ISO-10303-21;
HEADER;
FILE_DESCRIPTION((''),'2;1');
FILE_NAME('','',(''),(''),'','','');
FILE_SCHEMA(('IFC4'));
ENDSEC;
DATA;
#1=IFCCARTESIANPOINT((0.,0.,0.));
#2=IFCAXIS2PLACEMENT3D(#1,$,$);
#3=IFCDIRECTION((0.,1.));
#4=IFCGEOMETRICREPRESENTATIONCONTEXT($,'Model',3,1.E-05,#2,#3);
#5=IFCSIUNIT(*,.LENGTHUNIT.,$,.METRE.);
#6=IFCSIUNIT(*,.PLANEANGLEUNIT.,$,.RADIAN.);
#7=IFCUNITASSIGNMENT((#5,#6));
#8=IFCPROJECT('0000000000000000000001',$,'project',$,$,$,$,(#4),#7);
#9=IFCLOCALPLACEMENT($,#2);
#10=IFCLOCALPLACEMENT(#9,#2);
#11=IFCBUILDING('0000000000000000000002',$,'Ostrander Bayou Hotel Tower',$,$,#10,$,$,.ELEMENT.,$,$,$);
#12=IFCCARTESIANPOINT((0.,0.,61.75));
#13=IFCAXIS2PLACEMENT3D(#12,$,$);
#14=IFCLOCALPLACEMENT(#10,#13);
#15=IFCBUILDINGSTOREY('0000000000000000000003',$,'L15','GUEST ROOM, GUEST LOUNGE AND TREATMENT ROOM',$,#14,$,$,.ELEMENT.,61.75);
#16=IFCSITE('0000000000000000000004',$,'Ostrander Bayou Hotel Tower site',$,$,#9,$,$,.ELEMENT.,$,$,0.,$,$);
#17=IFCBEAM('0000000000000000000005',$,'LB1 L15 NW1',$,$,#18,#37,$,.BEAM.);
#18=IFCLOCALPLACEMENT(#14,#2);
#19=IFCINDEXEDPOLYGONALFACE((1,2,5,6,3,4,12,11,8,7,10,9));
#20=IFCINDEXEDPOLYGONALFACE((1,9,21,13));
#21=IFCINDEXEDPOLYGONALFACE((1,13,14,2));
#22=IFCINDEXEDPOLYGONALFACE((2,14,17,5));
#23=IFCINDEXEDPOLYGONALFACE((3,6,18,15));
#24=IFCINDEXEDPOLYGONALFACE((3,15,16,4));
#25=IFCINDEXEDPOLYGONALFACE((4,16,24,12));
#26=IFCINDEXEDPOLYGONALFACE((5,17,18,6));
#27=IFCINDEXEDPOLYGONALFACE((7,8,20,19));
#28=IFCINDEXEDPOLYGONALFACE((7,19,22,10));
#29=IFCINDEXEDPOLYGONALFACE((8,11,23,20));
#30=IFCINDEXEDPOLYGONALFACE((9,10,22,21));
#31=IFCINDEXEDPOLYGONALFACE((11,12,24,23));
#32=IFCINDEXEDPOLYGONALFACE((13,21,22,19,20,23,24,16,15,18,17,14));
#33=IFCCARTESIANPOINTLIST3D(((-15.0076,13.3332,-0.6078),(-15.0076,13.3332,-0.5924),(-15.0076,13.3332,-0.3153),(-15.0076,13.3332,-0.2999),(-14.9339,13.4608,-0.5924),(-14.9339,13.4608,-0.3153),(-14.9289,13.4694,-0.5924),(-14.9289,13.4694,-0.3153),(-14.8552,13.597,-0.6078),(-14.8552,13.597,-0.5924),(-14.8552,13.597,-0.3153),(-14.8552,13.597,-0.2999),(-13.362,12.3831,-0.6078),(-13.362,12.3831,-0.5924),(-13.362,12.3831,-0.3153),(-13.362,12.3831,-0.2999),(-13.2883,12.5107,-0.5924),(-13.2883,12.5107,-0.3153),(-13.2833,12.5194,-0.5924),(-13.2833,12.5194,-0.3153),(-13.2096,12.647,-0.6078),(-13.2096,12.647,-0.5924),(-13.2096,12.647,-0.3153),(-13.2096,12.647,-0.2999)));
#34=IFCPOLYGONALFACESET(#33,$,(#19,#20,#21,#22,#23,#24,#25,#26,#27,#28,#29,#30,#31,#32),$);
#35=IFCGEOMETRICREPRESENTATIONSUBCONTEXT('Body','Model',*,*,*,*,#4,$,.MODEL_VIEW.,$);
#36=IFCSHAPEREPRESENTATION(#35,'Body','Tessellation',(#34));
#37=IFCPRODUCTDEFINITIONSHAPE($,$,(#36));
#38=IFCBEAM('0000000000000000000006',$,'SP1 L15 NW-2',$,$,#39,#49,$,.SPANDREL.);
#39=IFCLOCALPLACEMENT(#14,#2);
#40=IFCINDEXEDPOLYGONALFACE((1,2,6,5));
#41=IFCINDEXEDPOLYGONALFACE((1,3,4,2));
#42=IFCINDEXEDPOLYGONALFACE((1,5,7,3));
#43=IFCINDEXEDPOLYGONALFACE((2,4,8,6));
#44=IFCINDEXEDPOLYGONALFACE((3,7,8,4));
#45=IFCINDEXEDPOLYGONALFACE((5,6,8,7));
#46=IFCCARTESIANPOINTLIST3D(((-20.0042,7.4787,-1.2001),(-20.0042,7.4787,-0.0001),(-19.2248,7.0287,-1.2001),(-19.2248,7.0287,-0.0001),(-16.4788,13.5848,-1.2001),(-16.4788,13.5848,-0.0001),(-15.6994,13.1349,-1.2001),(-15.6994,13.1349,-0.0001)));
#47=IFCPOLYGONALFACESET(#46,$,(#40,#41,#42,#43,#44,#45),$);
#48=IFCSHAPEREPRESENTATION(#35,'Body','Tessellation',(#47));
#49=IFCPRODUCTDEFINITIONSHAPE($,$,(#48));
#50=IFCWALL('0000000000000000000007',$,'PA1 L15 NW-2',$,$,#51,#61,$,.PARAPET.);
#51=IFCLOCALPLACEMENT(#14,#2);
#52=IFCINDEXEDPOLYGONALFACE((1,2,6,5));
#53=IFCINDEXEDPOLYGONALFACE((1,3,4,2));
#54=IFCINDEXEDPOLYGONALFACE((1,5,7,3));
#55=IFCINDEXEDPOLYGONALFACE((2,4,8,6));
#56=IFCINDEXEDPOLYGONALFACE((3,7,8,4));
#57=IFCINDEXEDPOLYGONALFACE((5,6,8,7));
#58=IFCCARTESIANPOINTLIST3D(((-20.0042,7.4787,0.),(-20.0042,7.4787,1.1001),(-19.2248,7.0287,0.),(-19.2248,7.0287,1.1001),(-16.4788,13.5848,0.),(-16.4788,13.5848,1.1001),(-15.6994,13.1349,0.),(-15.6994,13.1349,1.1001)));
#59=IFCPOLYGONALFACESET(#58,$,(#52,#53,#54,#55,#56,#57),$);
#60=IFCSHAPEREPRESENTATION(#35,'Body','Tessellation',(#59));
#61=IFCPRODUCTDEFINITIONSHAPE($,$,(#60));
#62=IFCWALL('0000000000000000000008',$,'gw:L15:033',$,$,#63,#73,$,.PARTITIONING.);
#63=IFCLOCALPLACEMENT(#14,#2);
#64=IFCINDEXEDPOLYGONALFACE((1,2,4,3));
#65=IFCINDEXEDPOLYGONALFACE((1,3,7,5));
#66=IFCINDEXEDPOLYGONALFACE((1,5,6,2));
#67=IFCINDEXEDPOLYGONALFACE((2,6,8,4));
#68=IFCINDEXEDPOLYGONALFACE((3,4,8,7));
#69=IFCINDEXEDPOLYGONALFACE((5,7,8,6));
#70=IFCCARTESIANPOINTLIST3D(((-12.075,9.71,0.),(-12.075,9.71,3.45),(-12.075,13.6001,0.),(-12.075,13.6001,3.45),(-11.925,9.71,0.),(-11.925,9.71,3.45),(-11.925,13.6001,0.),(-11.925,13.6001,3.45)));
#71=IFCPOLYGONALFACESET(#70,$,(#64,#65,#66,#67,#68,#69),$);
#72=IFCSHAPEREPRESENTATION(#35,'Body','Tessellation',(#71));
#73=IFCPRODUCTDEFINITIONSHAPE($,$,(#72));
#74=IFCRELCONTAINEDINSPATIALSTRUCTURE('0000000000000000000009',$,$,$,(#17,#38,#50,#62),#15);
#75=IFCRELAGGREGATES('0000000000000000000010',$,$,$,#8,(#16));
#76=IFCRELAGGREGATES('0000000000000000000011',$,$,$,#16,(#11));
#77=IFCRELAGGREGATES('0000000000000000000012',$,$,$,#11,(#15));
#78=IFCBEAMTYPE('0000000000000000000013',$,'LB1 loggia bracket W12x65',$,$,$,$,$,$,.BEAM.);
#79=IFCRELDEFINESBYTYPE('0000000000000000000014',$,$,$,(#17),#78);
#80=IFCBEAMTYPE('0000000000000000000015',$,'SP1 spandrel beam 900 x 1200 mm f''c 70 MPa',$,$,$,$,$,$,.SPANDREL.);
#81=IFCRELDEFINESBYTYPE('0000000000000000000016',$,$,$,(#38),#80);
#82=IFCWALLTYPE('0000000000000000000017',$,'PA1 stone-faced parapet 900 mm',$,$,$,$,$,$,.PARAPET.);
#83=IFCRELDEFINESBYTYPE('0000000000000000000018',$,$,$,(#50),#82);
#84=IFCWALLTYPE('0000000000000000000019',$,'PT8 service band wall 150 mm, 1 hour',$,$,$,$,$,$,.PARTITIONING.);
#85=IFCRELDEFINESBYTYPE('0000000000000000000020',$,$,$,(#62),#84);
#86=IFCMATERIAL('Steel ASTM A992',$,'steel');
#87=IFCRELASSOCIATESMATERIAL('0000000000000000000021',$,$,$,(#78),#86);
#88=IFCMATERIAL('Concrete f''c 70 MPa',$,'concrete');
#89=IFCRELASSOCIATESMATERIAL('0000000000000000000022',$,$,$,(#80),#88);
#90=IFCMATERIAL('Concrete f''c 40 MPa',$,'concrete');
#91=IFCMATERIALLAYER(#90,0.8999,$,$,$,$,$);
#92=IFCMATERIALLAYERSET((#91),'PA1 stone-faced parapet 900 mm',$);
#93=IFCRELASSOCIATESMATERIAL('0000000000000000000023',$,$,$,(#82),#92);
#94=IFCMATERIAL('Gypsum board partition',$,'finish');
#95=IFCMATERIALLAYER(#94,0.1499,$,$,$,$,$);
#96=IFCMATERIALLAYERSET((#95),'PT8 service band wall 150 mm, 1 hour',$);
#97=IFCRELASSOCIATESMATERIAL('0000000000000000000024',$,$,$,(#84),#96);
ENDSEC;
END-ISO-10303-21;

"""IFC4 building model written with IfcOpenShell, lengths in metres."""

from ifc_helpers import new_model, si_unit, direction, frame, frame_2d, origin, origin_2d, place, context, subcontext, project, spatial, rectangle, i_section, extrude, material, layer, layer_set, material_profile, profile_set, type_object, element, save


model = new_model("IFC4")

# Units and contexts
model_context = context("Model", 3, precision=1e-05, world=origin(), true_north=direction((0.0, 1.0)))
body_context = subcontext(model_context, "Body", "Model", "MODEL_VIEW")
ifc_project = project(units=[si_unit("LENGTHUNIT", "METRE"), si_unit("PLANEANGLEUNIT", "RADIAN")], contexts=[model_context])

# Site, building, storey
site_placement = place(None, origin())
site = spatial("IfcSite", under=ifc_project, at=site_placement, Name="Ostrander Bayou Hotel Tower site", CompositionType="ELEMENT", RefElevation=0.0)
building_placement = place(site_placement, origin())
building = spatial("IfcBuilding", under=site, at=building_placement, Name="Ostrander Bayou Hotel Tower", CompositionType="ELEMENT")
storey_placement = place(building_placement, frame((0.0, 0.0, 61.75)))
storey = spatial("IfcBuildingStorey", under=building, at=storey_placement, Name="L15", Description="GUEST ROOM, GUEST LOUNGE AND TREATMENT ROOM", CompositionType="ELEMENT", Elevation=61.75)

# Beams
ifc_material_1 = material(Name="Steel ASTM A992", Category="steel")
ifc_material_profile_1 = material_profile(ifc_material_1, i_section(OverallWidth=0.3047, OverallDepth=0.3079, WebThickness=0.01, FlangeThickness=0.0154, at=origin_2d()))
ifc_profile_set_1 = profile_set([ifc_material_profile_1], Name="Steel ASTM A992")
beam_type_1 = type_object("IfcBeamType", Name="LB1 loggia bracket W12x65", PredefinedType="BEAM", material=ifc_profile_set_1)
beam_1_placement = place(storey_placement, frame((-14.9314, 13.4651, -0.4539), z_axis=(0.866044, -0.499967, 0.0), x_axis=(0.499967, 0.866044, 0.0)))
element("IfcBeam", 1, at=beam_1_placement, inside=storey, type_object=beam_type_1, Name="LB1 L15 NW1", PredefinedType="BEAM", context=body_context, shape_type="SweptSolid", body=[
    extrude(i_section(OverallWidth=0.3047, OverallDepth=0.3079, WebThickness=0.01, FlangeThickness=0.0154, at=origin_2d()), origin(), (0.0, 0.0, 1.0), 1.9001),
])
ifc_material_2 = material(Name="Concrete f'c 70 MPa", Category="concrete")
ifc_material_profile_2 = material_profile(ifc_material_2, rectangle(XDim=0.8999, YDim=1.2, at=origin_2d()))
ifc_profile_set_2 = profile_set([ifc_material_profile_2], Name="Concrete f'c 70 MPa")
beam_type_2 = type_object("IfcBeamType", Name="SP1 spandrel beam 900 x 1200 mm f'c 70 MPa", PredefinedType="SPANDREL", material=ifc_profile_set_2)
beam_2_placement = place(storey_placement, frame((-16.0891, 13.3599, -0.6001), z_axis=(-0.499997, -0.866027, 0.0), x_axis=(0.866027, -0.499997, 0.0)))
element("IfcBeam", 2, at=beam_2_placement, inside=storey, type_object=beam_type_2, Name="SP1 L15 NW-2", PredefinedType="SPANDREL", context=body_context, shape_type="SweptSolid", body=[
    extrude(rectangle(XDim=0.8999, YDim=1.2, at=origin_2d()), origin(), (0.0, 0.0, 1.0), 7.0508),
])

# Wall
ifc_material_3 = material(Name="Concrete f'c 40 MPa", Category="concrete")
ifc_layer_1 = layer(ifc_material_3, 0.8999)
ifc_layer_set_1 = layer_set([ifc_layer_1], Name="PA1 stone-faced parapet 900 mm")
wall_type_1 = type_object("IfcWallType", Name="PA1 stone-faced parapet 900 mm", PredefinedType="PARAPET", material=ifc_layer_set_1)
wall_1_placement = place(storey_placement, frame((-16.0891, 13.3599, 0.0), z_axis=(0.0, 0.0, 1.0), x_axis=(-0.499997, -0.866027, 0.0)))
element("IfcWall", 3, at=wall_1_placement, inside=storey, type_object=wall_type_1, Name="PA1 L15 NW-2", PredefinedType="PARAPET", context=body_context, shape_type="SweptSolid", body=[
    extrude(rectangle(XDim=7.0508, YDim=0.8999, at=frame_2d((3.5254, 0.0))), origin(), (0.0, 0.0, 1.0), 1.1001),
])

# Wall
ifc_material_4 = material(Name="Gypsum board partition", Category="finish")
ifc_layer_2 = layer(ifc_material_4, 0.1499)
ifc_layer_set_2 = layer_set([ifc_layer_2], Name="PT8 service band wall 150 mm, 1 hour")
wall_type_2 = type_object("IfcWallType", Name="PT8 service band wall 150 mm, 1 hour", PredefinedType="PARTITIONING", material=ifc_layer_set_2)
wall_2_placement = place(storey_placement, frame((-12.0, 9.71, 0.0), z_axis=(0.0, 0.0, 1.0), x_axis=(0.0, 1.0, 0.0)))
element("IfcWall", 4, at=wall_2_placement, inside=storey, type_object=wall_type_2, Name="gw:L15:033", PredefinedType="PARTITIONING", context=body_context, shape_type="SweptSolid", body=[
    extrude(rectangle(XDim=3.8901, YDim=0.1499, at=frame_2d((1.9451, 0.0))), origin(), (0.0, 0.0, 1.0), 3.45),
])

save(model, "model.ifc")
